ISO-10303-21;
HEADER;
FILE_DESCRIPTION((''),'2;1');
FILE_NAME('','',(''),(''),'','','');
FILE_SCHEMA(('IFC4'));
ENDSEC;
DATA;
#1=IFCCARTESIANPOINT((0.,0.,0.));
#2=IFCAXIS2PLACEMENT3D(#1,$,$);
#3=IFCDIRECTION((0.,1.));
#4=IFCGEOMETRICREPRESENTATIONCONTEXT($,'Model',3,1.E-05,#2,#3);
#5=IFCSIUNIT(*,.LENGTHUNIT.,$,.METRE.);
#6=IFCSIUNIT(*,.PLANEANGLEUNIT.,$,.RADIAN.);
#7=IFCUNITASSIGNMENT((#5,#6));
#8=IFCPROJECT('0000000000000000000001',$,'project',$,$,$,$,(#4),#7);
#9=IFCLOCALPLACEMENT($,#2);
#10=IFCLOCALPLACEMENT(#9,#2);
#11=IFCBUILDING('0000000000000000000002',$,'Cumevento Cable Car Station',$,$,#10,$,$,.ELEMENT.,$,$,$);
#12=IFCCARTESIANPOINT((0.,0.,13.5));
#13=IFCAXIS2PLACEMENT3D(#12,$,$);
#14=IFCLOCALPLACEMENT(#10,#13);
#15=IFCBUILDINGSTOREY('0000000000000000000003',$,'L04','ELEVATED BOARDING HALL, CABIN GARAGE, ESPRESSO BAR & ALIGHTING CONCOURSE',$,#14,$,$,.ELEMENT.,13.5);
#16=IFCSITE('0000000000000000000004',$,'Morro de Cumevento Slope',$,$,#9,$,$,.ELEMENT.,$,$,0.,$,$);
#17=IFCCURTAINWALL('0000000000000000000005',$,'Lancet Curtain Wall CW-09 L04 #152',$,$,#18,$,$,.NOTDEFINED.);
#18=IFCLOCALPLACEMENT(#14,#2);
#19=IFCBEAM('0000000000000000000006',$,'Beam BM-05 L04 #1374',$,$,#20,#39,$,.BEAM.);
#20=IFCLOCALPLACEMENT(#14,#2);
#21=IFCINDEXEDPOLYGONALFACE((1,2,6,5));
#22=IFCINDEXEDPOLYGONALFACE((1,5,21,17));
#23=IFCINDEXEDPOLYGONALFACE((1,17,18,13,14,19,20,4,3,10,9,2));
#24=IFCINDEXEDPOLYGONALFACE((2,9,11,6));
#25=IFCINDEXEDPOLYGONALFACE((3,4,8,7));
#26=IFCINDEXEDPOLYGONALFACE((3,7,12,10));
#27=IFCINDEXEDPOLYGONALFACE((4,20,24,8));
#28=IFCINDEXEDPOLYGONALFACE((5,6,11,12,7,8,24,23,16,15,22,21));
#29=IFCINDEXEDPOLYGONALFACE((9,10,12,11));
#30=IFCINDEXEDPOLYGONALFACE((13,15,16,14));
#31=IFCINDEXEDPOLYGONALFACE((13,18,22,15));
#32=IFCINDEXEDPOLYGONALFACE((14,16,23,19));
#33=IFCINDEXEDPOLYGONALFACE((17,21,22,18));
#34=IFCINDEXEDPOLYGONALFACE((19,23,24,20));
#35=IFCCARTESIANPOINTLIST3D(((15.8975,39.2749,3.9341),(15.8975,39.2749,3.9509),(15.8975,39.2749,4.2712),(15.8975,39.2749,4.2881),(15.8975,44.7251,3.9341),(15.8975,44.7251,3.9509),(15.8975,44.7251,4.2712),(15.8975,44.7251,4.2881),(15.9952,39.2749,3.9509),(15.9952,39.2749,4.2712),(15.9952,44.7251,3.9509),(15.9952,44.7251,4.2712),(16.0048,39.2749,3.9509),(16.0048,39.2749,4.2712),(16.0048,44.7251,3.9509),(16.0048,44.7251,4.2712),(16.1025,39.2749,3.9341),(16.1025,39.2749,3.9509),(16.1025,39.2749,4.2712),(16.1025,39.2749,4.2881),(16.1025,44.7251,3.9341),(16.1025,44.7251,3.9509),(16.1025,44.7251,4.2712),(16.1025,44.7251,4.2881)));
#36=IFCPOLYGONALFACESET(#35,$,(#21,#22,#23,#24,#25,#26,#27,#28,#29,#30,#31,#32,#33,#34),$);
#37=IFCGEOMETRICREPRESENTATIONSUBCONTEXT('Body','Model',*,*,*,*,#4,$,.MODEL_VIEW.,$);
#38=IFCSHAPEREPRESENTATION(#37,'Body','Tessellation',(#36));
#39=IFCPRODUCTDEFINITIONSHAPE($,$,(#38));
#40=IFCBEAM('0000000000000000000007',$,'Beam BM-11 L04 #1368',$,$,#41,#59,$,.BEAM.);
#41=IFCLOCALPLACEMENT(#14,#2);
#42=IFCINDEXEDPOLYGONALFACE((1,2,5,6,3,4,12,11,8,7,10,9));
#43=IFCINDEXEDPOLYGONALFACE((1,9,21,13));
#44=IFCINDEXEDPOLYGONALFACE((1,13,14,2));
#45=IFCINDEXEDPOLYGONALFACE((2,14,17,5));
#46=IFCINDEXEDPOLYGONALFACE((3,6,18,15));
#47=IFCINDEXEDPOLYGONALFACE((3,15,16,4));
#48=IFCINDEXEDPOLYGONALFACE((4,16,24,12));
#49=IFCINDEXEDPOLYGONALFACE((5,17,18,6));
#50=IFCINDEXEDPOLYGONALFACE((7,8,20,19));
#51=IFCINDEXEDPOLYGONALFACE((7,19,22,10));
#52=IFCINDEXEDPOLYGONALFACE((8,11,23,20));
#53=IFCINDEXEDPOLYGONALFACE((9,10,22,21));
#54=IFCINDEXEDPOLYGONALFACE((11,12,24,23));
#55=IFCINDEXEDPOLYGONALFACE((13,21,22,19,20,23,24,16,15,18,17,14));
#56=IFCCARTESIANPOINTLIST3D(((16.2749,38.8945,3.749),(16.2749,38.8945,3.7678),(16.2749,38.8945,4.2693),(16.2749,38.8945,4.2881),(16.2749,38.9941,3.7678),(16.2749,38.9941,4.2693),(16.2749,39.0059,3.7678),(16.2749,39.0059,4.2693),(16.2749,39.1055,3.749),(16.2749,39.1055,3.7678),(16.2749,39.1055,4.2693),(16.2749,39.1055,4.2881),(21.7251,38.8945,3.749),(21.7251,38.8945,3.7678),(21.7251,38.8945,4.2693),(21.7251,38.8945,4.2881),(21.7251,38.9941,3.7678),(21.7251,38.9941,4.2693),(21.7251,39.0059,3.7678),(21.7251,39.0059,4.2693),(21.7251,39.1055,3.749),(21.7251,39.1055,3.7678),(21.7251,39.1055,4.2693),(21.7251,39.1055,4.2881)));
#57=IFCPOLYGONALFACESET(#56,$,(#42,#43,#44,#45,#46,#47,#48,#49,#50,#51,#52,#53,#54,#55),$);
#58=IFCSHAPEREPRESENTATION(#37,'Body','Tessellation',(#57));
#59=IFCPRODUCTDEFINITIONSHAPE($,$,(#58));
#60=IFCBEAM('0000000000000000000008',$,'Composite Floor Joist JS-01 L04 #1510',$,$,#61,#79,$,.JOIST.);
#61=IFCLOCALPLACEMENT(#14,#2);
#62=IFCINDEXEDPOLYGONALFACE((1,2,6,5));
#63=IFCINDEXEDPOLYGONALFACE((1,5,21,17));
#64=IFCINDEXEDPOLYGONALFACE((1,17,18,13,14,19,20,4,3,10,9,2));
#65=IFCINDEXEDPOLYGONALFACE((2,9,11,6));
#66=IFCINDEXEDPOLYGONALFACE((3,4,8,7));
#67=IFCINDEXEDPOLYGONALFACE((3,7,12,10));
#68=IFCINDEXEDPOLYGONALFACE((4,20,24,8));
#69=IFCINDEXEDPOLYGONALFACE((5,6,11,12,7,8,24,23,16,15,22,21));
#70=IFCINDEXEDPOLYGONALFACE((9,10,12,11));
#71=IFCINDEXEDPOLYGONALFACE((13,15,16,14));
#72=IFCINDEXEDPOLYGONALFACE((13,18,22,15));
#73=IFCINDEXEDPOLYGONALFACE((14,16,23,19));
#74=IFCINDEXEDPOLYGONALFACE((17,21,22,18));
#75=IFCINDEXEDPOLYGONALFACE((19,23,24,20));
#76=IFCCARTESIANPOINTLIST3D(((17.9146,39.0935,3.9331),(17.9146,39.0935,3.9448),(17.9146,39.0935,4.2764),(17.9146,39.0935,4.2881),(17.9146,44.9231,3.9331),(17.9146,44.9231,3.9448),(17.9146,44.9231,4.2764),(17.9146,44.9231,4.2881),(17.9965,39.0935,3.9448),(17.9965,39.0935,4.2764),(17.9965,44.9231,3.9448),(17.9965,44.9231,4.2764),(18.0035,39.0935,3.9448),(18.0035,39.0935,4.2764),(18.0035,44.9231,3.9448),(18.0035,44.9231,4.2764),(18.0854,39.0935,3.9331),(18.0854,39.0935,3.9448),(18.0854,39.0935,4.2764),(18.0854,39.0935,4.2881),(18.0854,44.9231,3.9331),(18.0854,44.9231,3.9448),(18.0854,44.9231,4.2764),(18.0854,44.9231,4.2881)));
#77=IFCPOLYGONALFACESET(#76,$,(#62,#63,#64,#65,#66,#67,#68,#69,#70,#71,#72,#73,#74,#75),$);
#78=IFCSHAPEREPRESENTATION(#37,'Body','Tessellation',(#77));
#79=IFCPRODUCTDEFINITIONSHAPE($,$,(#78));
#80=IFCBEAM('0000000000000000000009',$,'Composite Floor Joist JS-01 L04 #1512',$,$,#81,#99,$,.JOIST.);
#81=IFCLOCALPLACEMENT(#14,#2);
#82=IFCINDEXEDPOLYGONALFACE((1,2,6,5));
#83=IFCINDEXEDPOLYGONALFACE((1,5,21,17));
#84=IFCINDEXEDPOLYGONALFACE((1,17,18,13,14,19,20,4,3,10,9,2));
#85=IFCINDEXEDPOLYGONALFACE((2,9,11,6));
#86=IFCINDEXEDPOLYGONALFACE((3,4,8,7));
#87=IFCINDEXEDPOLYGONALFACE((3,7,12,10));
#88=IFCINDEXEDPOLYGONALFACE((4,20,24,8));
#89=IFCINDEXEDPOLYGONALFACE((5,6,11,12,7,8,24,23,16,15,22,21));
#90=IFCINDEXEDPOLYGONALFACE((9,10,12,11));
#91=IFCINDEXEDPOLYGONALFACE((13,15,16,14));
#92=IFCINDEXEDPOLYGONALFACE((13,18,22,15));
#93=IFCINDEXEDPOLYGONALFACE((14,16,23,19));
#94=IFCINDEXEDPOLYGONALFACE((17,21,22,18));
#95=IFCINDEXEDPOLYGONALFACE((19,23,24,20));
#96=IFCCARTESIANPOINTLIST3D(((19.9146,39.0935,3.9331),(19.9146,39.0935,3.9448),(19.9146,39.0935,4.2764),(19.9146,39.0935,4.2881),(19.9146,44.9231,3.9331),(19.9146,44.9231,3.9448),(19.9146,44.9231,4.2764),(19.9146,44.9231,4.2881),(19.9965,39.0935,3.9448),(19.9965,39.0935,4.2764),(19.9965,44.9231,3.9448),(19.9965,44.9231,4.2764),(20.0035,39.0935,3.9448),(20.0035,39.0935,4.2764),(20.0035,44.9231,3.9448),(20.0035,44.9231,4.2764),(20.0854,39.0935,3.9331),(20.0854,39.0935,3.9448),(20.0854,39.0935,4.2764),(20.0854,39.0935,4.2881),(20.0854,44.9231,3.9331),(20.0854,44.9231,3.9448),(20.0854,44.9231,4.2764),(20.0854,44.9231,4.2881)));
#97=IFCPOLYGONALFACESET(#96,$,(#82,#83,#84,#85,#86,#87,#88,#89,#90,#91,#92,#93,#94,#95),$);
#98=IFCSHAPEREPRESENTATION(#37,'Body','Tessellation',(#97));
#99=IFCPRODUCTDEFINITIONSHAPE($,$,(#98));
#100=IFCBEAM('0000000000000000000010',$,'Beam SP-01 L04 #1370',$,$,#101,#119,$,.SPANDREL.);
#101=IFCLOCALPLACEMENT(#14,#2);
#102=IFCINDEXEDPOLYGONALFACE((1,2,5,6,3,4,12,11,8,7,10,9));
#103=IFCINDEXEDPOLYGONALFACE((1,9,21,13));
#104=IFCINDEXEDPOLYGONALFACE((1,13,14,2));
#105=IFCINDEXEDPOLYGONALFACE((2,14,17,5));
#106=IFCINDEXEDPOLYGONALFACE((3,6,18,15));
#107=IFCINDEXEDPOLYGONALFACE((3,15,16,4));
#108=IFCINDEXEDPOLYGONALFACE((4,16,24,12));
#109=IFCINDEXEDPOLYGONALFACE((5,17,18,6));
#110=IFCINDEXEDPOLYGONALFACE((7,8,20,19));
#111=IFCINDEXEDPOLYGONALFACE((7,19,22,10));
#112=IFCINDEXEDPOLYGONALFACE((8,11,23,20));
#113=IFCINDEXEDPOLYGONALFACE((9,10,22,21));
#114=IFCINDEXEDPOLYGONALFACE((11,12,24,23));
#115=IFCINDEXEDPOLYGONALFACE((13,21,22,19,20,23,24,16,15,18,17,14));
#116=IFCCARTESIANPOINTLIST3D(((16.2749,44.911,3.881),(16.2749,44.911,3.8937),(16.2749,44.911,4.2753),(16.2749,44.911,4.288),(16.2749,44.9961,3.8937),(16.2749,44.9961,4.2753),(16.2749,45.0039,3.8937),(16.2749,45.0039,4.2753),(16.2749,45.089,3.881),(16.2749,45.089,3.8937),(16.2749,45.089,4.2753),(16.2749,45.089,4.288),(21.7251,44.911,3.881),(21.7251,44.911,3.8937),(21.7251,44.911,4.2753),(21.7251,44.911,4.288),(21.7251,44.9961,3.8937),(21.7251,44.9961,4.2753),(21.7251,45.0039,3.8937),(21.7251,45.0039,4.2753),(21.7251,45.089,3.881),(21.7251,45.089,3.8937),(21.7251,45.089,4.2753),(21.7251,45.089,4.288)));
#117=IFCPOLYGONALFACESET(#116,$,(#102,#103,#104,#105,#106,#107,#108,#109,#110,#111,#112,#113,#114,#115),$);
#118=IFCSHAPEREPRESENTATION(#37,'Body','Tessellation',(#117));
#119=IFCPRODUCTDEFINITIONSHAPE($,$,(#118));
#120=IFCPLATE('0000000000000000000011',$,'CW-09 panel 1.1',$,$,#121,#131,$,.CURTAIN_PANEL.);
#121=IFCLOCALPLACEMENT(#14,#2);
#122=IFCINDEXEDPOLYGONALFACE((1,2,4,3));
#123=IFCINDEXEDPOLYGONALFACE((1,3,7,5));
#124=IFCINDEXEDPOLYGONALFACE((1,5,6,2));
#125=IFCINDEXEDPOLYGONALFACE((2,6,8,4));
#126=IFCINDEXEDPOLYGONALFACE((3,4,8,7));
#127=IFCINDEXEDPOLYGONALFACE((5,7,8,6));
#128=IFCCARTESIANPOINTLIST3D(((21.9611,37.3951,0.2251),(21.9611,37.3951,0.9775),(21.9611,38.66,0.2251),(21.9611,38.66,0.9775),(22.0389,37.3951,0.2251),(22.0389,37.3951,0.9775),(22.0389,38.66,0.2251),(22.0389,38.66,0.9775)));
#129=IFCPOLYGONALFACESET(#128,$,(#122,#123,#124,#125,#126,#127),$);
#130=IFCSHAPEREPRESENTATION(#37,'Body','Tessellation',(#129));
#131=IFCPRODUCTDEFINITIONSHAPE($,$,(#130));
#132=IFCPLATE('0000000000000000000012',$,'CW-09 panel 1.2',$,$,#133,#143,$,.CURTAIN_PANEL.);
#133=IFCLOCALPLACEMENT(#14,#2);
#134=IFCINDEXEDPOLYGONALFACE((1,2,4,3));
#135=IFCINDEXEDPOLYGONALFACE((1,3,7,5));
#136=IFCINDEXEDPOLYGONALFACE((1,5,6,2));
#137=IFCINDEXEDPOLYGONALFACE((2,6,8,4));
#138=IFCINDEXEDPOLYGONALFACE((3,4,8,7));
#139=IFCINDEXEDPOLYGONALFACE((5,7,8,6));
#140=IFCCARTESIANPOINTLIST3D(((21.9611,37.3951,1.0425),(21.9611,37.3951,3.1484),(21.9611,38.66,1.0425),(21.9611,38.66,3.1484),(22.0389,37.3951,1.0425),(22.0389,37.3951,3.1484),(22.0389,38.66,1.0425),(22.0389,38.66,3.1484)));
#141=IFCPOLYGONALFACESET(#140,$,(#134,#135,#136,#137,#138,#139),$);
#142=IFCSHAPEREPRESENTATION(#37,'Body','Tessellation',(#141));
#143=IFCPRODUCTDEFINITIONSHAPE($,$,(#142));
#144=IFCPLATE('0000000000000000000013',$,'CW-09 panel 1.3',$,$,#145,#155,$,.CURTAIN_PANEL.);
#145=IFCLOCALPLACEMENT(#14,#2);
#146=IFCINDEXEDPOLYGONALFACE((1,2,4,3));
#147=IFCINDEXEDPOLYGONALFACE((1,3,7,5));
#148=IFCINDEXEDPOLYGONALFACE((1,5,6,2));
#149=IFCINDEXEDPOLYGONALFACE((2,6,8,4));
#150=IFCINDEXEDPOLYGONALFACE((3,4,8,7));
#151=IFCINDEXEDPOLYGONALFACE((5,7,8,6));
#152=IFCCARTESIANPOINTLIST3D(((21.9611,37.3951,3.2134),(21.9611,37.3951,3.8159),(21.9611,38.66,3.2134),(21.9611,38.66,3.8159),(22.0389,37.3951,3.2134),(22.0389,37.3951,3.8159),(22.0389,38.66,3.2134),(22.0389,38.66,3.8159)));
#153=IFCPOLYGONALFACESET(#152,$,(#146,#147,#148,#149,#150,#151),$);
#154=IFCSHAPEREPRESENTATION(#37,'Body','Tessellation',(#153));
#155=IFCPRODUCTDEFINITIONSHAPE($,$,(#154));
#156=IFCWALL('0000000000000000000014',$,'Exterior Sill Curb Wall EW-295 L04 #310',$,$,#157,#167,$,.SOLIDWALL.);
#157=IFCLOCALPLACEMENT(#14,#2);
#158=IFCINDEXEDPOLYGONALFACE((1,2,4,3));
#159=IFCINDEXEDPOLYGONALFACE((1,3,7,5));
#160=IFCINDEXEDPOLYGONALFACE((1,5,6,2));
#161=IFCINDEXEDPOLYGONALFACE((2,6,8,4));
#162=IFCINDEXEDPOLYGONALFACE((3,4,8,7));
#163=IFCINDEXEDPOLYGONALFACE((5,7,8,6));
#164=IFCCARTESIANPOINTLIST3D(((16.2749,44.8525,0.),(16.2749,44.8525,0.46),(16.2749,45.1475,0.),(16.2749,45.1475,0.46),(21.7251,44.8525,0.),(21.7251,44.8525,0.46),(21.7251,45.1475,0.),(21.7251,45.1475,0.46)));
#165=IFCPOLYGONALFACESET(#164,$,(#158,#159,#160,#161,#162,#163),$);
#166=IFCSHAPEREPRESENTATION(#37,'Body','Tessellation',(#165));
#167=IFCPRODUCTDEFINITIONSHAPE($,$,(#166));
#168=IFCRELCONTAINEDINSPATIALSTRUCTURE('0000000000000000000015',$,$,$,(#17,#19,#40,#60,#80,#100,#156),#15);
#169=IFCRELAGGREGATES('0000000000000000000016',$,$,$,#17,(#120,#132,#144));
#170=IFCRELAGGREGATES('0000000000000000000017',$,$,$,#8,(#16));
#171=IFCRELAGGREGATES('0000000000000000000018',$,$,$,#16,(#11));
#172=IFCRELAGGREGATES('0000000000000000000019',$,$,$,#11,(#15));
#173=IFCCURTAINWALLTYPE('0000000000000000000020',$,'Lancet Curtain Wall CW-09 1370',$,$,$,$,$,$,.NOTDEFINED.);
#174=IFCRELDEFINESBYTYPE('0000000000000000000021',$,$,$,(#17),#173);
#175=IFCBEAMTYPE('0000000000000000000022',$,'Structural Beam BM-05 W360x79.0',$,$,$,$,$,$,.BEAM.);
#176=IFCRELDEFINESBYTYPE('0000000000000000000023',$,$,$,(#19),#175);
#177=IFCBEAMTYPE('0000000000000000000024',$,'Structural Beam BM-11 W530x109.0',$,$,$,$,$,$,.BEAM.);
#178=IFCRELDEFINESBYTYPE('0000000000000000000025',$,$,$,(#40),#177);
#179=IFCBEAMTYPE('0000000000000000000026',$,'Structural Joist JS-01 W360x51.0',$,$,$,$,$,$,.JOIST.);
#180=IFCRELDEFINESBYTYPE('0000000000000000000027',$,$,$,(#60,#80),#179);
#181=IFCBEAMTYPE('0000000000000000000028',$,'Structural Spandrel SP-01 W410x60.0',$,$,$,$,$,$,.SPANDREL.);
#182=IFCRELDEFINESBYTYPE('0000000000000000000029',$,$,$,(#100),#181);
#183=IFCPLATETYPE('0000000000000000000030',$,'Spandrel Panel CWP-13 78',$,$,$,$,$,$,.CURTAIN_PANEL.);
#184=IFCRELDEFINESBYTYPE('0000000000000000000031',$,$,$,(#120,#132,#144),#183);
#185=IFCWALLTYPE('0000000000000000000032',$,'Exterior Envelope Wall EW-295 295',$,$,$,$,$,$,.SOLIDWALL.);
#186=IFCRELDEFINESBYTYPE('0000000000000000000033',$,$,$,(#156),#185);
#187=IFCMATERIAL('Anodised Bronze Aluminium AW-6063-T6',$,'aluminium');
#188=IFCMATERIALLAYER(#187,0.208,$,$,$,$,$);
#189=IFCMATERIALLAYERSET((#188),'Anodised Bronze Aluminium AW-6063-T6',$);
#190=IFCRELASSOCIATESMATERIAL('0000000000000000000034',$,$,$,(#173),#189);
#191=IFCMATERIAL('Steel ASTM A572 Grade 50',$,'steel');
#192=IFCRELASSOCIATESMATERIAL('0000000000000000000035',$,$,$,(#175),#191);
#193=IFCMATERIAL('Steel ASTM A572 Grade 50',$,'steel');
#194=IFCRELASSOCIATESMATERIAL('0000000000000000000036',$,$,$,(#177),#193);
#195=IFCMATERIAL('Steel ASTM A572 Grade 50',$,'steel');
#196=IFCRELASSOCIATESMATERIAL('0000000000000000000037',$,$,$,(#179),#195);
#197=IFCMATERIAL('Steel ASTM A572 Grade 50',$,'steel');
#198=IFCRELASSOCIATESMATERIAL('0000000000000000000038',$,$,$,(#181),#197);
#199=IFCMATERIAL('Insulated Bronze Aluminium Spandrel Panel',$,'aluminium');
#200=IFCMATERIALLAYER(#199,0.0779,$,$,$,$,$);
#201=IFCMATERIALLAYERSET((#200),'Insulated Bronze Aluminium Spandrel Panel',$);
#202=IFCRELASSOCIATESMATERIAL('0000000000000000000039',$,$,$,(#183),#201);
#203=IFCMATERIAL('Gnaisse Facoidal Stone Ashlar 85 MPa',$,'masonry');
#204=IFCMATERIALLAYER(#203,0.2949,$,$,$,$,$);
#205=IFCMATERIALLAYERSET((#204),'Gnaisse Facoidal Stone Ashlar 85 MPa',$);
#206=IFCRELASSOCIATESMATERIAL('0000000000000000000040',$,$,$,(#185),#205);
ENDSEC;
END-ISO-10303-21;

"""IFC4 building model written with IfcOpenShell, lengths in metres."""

from ifc_helpers import new_model, si_unit, direction, frame, frame_2d, origin, origin_2d, place, context, subcontext, project, spatial, rectangle, i_section, extrude, material, layer, layer_set, material_profile, profile_set, type_object, element, aggregate, save


model = new_model("IFC4")

# Units and contexts
model_context = context("Model", 3, precision=1e-05, world=origin(), true_north=direction((0.0, 1.0)))
body_context = subcontext(model_context, "Body", "Model", "MODEL_VIEW")
ifc_project = project(units=[si_unit("LENGTHUNIT", "METRE"), si_unit("PLANEANGLEUNIT", "RADIAN")], contexts=[model_context])

# Site, building, storey
site_placement = place(None, origin())
site = spatial("IfcSite", under=ifc_project, at=site_placement, Name="Morro de Cumevento Slope", CompositionType="ELEMENT", RefElevation=0.0)
building_placement = place(site_placement, origin())
building = spatial("IfcBuilding", under=site, at=building_placement, Name="Cumevento Cable Car Station", CompositionType="ELEMENT")
storey_placement = place(building_placement, frame((0.0, 0.0, 13.5)))
storey = spatial("IfcBuildingStorey", under=building, at=storey_placement, Name="L04", Description="ELEVATED BOARDING HALL, CABIN GARAGE, ESPRESSO BAR & ALIGHTING CONCOURSE", CompositionType="ELEMENT", Elevation=13.5)

# Curtain wall
ifc_material_1 = material(Name="Anodised Bronze Aluminium AW-6063-T6", Category="aluminium")
ifc_layer_1 = layer(ifc_material_1, 0.208)
ifc_layer_set_1 = layer_set([ifc_layer_1], Name="Anodised Bronze Aluminium AW-6063-T6")
curtain_wall_type = type_object("IfcCurtainWallType", Name="Lancet Curtain Wall CW-09 1370", PredefinedType="NOTDEFINED", material=ifc_layer_set_1)
curtain_wall_placement = place(storey_placement, origin())
curtain_wall = element("IfcCurtainWall", 1, at=curtain_wall_placement, inside=storey, type_object=curtain_wall_type, Name="Lancet Curtain Wall CW-09 L04 #152", PredefinedType="NOTDEFINED")

# Beams
ifc_material_2 = material(Name="Steel ASTM A572 Grade 50", Category="steel")
ifc_material_profile_1 = material_profile(ifc_material_2, i_section(OverallWidth=0.2051, OverallDepth=0.354, WebThickness=0.0095, FlangeThickness=0.0168, at=origin_2d()), Name="W360x79.0")
ifc_profile_set_1 = profile_set([ifc_material_profile_1], Name="Steel ASTM A572 Grade 50")
beam_type_1 = type_object("IfcBeamType", Name="Structural Beam BM-05 W360x79.0", PredefinedType="BEAM", material=ifc_profile_set_1)
beam_1_placement = place(storey_placement, frame((16.0, 39.2749, 4.1111), z_axis=(0.0, 1.0, 0.0), x_axis=(-1.0, 0.0, 0.0)))
element("IfcBeam", 2, at=beam_1_placement, inside=storey, type_object=beam_type_1, Name="Beam BM-05 L04 #1374", PredefinedType="BEAM", context=body_context, shape_type="SweptSolid", body=[
    extrude(i_section(OverallWidth=0.2051, OverallDepth=0.354, WebThickness=0.0095, FlangeThickness=0.0168, at=origin_2d()), origin(), (0.0, 0.0, 1.0), 5.4502),
])
ifc_material_3 = material(Name="Steel ASTM A572 Grade 50", Category="steel")
ifc_material_profile_2 = material_profile(ifc_material_3, i_section(OverallWidth=0.2109, OverallDepth=0.5391, WebThickness=0.0117, FlangeThickness=0.0188, at=origin_2d()), Name="W530x109.0")
ifc_profile_set_2 = profile_set([ifc_material_profile_2], Name="Steel ASTM A572 Grade 50")
beam_type_2 = type_object("IfcBeamType", Name="Structural Beam BM-11 W530x109.0", PredefinedType="BEAM", material=ifc_profile_set_2)
beam_2_placement = place(storey_placement, frame((16.2749, 39.0, 4.0186), z_axis=(1.0, 0.0, 0.0), x_axis=(0.0, 1.0, 0.0)))
element("IfcBeam", 3, at=beam_2_placement, inside=storey, type_object=beam_type_2, Name="Beam BM-11 L04 #1368", PredefinedType="BEAM", context=body_context, shape_type="SweptSolid", body=[
    extrude(i_section(OverallWidth=0.2109, OverallDepth=0.5391, WebThickness=0.0117, FlangeThickness=0.0188, at=origin_2d()), origin(), (0.0, 0.0, 1.0), 5.4502),
])
ifc_material_4 = material(Name="Steel ASTM A572 Grade 50", Category="steel")
ifc_material_profile_3 = material_profile(ifc_material_4, i_section(OverallWidth=0.1709, OverallDepth=0.355, WebThickness=0.0071, FlangeThickness=0.0117, at=origin_2d()), Name="W360x51.0")
ifc_profile_set_3 = profile_set([ifc_material_profile_3], Name="Steel ASTM A572 Grade 50")
beam_type_3 = type_object("IfcBeamType", Name="Structural Joist JS-01 W360x51.0", PredefinedType="JOIST", material=ifc_profile_set_3)
for number, where, z_axis, x_axis, name in (
    (4, (18.0, 39.0935, 4.1106), (0.0, 1.0, 0.0), (-1.0, 0.0, 0.0), "Composite Floor Joist JS-01 L04 #1510"),
    (5, (20.0, 39.0935, 4.1106), (0.0, 1.0, 0.0), (-1.0, 0.0, 0.0), "Composite Floor Joist JS-01 L04 #1512"),
):
    element("IfcBeam", number, at=place(storey_placement, frame(where, z_axis=z_axis, x_axis=x_axis)), inside=storey, type_object=beam_type_3, Name=name, PredefinedType="JOIST", context=body_context, shape_type="SweptSolid", body=[
        extrude(i_section(OverallWidth=0.1709, OverallDepth=0.355, WebThickness=0.0071, FlangeThickness=0.0117, at=origin_2d()), origin(), (0.0, 0.0, 1.0), 5.8296),
    ])
ifc_material_5 = material(Name="Steel ASTM A572 Grade 50", Category="steel")
ifc_material_profile_4 = material_profile(ifc_material_5, i_section(OverallWidth=0.178, OverallDepth=0.407, WebThickness=0.0078, FlangeThickness=0.0127, at=origin_2d()), Name="W410x60.0")
ifc_profile_set_4 = profile_set([ifc_material_profile_4], Name="Steel ASTM A572 Grade 50")
beam_type_4 = type_object("IfcBeamType", Name="Structural Spandrel SP-01 W410x60.0", PredefinedType="SPANDREL", material=ifc_profile_set_4)
beam_3_placement = place(storey_placement, frame((16.2749, 45.0, 4.0845), z_axis=(1.0, 0.0, 0.0), x_axis=(0.0, 1.0, 0.0)))
element("IfcBeam", 6, at=beam_3_placement, inside=storey, type_object=beam_type_4, Name="Beam SP-01 L04 #1370", PredefinedType="SPANDREL", context=body_context, shape_type="SweptSolid", body=[
    extrude(i_section(OverallWidth=0.178, OverallDepth=0.407, WebThickness=0.0078, FlangeThickness=0.0127, at=origin_2d()), origin(), (0.0, 0.0, 1.0), 5.4502),
])

# Plates
ifc_material_6 = material(Name="Insulated Bronze Aluminium Spandrel Panel", Category="aluminium")
ifc_layer_2 = layer(ifc_material_6, 0.0779)
ifc_layer_set_2 = layer_set([ifc_layer_2], Name="Insulated Bronze Aluminium Spandrel Panel")
plate_type = type_object("IfcPlateType", Name="Spandrel Panel CWP-13 78", PredefinedType="CURTAIN_PANEL", material=ifc_layer_set_2)
plate_1_placement = place(storey_placement, frame((22.0, 38.0276, 0.2251), z_axis=(0.0, 0.0, 1.0), x_axis=(0.0, -1.0, 0.0)))
plate_1 = element("IfcPlate", 7, at=plate_1_placement, type_object=plate_type, Name="CW-09 panel 1.1", PredefinedType="CURTAIN_PANEL", context=body_context, shape_type="SweptSolid", body=[
    extrude(rectangle(XDim=1.2649, YDim=0.0779, at=origin_2d()), origin(), (0.0, 0.0, 1.0), 0.7524),
])
plate_2_placement = place(storey_placement, frame((22.0, 38.0276, 1.0425), z_axis=(0.0, 0.0, 1.0), x_axis=(0.0, -1.0, 0.0)))
plate_2 = element("IfcPlate", 8, at=plate_2_placement, type_object=plate_type, Name="CW-09 panel 1.2", PredefinedType="CURTAIN_PANEL", context=body_context, shape_type="SweptSolid", body=[
    extrude(rectangle(XDim=1.2649, YDim=0.0779, at=origin_2d()), origin(), (0.0, 0.0, 1.0), 2.106),
])
plate_3_placement = place(storey_placement, frame((22.0, 38.0276, 3.2134), z_axis=(0.0, 0.0, 1.0), x_axis=(0.0, -1.0, 0.0)))
plate_3 = element("IfcPlate", 9, at=plate_3_placement, type_object=plate_type, Name="CW-09 panel 1.3", PredefinedType="CURTAIN_PANEL", context=body_context, shape_type="SweptSolid", body=[
    extrude(rectangle(XDim=1.2649, YDim=0.0779, at=origin_2d()), origin(), (0.0, 0.0, 1.0), 0.6025),
])
aggregate(curtain_wall, [plate_1, plate_2, plate_3])

# Wall
ifc_material_7 = material(Name="Gnaisse Facoidal Stone Ashlar 85 MPa", Category="masonry")
ifc_layer_3 = layer(ifc_material_7, 0.2949)
ifc_layer_set_3 = layer_set([ifc_layer_3], Name="Gnaisse Facoidal Stone Ashlar 85 MPa")
wall_type_1 = type_object("IfcWallType", Name="Exterior Envelope Wall EW-295 295", PredefinedType="SOLIDWALL", material=ifc_layer_set_3)
wall_1_placement = place(storey_placement, frame((16.2749, 45.0, 0.0), z_axis=(0.0, 0.0, 1.0), x_axis=(1.0, 0.0, 0.0)))
element("IfcWall", 10, at=wall_1_placement, inside=storey, type_object=wall_type_1, Name="Exterior Sill Curb Wall EW-295 L04 #310", PredefinedType="SOLIDWALL", context=body_context, shape_type="SweptSolid", body=[
    extrude(rectangle(XDim=5.4502, YDim=0.2949, at=frame_2d((2.7251, 0.0))), origin(), (0.0, 0.0, 1.0), 0.46),
])

save(model, "model.ifc")
